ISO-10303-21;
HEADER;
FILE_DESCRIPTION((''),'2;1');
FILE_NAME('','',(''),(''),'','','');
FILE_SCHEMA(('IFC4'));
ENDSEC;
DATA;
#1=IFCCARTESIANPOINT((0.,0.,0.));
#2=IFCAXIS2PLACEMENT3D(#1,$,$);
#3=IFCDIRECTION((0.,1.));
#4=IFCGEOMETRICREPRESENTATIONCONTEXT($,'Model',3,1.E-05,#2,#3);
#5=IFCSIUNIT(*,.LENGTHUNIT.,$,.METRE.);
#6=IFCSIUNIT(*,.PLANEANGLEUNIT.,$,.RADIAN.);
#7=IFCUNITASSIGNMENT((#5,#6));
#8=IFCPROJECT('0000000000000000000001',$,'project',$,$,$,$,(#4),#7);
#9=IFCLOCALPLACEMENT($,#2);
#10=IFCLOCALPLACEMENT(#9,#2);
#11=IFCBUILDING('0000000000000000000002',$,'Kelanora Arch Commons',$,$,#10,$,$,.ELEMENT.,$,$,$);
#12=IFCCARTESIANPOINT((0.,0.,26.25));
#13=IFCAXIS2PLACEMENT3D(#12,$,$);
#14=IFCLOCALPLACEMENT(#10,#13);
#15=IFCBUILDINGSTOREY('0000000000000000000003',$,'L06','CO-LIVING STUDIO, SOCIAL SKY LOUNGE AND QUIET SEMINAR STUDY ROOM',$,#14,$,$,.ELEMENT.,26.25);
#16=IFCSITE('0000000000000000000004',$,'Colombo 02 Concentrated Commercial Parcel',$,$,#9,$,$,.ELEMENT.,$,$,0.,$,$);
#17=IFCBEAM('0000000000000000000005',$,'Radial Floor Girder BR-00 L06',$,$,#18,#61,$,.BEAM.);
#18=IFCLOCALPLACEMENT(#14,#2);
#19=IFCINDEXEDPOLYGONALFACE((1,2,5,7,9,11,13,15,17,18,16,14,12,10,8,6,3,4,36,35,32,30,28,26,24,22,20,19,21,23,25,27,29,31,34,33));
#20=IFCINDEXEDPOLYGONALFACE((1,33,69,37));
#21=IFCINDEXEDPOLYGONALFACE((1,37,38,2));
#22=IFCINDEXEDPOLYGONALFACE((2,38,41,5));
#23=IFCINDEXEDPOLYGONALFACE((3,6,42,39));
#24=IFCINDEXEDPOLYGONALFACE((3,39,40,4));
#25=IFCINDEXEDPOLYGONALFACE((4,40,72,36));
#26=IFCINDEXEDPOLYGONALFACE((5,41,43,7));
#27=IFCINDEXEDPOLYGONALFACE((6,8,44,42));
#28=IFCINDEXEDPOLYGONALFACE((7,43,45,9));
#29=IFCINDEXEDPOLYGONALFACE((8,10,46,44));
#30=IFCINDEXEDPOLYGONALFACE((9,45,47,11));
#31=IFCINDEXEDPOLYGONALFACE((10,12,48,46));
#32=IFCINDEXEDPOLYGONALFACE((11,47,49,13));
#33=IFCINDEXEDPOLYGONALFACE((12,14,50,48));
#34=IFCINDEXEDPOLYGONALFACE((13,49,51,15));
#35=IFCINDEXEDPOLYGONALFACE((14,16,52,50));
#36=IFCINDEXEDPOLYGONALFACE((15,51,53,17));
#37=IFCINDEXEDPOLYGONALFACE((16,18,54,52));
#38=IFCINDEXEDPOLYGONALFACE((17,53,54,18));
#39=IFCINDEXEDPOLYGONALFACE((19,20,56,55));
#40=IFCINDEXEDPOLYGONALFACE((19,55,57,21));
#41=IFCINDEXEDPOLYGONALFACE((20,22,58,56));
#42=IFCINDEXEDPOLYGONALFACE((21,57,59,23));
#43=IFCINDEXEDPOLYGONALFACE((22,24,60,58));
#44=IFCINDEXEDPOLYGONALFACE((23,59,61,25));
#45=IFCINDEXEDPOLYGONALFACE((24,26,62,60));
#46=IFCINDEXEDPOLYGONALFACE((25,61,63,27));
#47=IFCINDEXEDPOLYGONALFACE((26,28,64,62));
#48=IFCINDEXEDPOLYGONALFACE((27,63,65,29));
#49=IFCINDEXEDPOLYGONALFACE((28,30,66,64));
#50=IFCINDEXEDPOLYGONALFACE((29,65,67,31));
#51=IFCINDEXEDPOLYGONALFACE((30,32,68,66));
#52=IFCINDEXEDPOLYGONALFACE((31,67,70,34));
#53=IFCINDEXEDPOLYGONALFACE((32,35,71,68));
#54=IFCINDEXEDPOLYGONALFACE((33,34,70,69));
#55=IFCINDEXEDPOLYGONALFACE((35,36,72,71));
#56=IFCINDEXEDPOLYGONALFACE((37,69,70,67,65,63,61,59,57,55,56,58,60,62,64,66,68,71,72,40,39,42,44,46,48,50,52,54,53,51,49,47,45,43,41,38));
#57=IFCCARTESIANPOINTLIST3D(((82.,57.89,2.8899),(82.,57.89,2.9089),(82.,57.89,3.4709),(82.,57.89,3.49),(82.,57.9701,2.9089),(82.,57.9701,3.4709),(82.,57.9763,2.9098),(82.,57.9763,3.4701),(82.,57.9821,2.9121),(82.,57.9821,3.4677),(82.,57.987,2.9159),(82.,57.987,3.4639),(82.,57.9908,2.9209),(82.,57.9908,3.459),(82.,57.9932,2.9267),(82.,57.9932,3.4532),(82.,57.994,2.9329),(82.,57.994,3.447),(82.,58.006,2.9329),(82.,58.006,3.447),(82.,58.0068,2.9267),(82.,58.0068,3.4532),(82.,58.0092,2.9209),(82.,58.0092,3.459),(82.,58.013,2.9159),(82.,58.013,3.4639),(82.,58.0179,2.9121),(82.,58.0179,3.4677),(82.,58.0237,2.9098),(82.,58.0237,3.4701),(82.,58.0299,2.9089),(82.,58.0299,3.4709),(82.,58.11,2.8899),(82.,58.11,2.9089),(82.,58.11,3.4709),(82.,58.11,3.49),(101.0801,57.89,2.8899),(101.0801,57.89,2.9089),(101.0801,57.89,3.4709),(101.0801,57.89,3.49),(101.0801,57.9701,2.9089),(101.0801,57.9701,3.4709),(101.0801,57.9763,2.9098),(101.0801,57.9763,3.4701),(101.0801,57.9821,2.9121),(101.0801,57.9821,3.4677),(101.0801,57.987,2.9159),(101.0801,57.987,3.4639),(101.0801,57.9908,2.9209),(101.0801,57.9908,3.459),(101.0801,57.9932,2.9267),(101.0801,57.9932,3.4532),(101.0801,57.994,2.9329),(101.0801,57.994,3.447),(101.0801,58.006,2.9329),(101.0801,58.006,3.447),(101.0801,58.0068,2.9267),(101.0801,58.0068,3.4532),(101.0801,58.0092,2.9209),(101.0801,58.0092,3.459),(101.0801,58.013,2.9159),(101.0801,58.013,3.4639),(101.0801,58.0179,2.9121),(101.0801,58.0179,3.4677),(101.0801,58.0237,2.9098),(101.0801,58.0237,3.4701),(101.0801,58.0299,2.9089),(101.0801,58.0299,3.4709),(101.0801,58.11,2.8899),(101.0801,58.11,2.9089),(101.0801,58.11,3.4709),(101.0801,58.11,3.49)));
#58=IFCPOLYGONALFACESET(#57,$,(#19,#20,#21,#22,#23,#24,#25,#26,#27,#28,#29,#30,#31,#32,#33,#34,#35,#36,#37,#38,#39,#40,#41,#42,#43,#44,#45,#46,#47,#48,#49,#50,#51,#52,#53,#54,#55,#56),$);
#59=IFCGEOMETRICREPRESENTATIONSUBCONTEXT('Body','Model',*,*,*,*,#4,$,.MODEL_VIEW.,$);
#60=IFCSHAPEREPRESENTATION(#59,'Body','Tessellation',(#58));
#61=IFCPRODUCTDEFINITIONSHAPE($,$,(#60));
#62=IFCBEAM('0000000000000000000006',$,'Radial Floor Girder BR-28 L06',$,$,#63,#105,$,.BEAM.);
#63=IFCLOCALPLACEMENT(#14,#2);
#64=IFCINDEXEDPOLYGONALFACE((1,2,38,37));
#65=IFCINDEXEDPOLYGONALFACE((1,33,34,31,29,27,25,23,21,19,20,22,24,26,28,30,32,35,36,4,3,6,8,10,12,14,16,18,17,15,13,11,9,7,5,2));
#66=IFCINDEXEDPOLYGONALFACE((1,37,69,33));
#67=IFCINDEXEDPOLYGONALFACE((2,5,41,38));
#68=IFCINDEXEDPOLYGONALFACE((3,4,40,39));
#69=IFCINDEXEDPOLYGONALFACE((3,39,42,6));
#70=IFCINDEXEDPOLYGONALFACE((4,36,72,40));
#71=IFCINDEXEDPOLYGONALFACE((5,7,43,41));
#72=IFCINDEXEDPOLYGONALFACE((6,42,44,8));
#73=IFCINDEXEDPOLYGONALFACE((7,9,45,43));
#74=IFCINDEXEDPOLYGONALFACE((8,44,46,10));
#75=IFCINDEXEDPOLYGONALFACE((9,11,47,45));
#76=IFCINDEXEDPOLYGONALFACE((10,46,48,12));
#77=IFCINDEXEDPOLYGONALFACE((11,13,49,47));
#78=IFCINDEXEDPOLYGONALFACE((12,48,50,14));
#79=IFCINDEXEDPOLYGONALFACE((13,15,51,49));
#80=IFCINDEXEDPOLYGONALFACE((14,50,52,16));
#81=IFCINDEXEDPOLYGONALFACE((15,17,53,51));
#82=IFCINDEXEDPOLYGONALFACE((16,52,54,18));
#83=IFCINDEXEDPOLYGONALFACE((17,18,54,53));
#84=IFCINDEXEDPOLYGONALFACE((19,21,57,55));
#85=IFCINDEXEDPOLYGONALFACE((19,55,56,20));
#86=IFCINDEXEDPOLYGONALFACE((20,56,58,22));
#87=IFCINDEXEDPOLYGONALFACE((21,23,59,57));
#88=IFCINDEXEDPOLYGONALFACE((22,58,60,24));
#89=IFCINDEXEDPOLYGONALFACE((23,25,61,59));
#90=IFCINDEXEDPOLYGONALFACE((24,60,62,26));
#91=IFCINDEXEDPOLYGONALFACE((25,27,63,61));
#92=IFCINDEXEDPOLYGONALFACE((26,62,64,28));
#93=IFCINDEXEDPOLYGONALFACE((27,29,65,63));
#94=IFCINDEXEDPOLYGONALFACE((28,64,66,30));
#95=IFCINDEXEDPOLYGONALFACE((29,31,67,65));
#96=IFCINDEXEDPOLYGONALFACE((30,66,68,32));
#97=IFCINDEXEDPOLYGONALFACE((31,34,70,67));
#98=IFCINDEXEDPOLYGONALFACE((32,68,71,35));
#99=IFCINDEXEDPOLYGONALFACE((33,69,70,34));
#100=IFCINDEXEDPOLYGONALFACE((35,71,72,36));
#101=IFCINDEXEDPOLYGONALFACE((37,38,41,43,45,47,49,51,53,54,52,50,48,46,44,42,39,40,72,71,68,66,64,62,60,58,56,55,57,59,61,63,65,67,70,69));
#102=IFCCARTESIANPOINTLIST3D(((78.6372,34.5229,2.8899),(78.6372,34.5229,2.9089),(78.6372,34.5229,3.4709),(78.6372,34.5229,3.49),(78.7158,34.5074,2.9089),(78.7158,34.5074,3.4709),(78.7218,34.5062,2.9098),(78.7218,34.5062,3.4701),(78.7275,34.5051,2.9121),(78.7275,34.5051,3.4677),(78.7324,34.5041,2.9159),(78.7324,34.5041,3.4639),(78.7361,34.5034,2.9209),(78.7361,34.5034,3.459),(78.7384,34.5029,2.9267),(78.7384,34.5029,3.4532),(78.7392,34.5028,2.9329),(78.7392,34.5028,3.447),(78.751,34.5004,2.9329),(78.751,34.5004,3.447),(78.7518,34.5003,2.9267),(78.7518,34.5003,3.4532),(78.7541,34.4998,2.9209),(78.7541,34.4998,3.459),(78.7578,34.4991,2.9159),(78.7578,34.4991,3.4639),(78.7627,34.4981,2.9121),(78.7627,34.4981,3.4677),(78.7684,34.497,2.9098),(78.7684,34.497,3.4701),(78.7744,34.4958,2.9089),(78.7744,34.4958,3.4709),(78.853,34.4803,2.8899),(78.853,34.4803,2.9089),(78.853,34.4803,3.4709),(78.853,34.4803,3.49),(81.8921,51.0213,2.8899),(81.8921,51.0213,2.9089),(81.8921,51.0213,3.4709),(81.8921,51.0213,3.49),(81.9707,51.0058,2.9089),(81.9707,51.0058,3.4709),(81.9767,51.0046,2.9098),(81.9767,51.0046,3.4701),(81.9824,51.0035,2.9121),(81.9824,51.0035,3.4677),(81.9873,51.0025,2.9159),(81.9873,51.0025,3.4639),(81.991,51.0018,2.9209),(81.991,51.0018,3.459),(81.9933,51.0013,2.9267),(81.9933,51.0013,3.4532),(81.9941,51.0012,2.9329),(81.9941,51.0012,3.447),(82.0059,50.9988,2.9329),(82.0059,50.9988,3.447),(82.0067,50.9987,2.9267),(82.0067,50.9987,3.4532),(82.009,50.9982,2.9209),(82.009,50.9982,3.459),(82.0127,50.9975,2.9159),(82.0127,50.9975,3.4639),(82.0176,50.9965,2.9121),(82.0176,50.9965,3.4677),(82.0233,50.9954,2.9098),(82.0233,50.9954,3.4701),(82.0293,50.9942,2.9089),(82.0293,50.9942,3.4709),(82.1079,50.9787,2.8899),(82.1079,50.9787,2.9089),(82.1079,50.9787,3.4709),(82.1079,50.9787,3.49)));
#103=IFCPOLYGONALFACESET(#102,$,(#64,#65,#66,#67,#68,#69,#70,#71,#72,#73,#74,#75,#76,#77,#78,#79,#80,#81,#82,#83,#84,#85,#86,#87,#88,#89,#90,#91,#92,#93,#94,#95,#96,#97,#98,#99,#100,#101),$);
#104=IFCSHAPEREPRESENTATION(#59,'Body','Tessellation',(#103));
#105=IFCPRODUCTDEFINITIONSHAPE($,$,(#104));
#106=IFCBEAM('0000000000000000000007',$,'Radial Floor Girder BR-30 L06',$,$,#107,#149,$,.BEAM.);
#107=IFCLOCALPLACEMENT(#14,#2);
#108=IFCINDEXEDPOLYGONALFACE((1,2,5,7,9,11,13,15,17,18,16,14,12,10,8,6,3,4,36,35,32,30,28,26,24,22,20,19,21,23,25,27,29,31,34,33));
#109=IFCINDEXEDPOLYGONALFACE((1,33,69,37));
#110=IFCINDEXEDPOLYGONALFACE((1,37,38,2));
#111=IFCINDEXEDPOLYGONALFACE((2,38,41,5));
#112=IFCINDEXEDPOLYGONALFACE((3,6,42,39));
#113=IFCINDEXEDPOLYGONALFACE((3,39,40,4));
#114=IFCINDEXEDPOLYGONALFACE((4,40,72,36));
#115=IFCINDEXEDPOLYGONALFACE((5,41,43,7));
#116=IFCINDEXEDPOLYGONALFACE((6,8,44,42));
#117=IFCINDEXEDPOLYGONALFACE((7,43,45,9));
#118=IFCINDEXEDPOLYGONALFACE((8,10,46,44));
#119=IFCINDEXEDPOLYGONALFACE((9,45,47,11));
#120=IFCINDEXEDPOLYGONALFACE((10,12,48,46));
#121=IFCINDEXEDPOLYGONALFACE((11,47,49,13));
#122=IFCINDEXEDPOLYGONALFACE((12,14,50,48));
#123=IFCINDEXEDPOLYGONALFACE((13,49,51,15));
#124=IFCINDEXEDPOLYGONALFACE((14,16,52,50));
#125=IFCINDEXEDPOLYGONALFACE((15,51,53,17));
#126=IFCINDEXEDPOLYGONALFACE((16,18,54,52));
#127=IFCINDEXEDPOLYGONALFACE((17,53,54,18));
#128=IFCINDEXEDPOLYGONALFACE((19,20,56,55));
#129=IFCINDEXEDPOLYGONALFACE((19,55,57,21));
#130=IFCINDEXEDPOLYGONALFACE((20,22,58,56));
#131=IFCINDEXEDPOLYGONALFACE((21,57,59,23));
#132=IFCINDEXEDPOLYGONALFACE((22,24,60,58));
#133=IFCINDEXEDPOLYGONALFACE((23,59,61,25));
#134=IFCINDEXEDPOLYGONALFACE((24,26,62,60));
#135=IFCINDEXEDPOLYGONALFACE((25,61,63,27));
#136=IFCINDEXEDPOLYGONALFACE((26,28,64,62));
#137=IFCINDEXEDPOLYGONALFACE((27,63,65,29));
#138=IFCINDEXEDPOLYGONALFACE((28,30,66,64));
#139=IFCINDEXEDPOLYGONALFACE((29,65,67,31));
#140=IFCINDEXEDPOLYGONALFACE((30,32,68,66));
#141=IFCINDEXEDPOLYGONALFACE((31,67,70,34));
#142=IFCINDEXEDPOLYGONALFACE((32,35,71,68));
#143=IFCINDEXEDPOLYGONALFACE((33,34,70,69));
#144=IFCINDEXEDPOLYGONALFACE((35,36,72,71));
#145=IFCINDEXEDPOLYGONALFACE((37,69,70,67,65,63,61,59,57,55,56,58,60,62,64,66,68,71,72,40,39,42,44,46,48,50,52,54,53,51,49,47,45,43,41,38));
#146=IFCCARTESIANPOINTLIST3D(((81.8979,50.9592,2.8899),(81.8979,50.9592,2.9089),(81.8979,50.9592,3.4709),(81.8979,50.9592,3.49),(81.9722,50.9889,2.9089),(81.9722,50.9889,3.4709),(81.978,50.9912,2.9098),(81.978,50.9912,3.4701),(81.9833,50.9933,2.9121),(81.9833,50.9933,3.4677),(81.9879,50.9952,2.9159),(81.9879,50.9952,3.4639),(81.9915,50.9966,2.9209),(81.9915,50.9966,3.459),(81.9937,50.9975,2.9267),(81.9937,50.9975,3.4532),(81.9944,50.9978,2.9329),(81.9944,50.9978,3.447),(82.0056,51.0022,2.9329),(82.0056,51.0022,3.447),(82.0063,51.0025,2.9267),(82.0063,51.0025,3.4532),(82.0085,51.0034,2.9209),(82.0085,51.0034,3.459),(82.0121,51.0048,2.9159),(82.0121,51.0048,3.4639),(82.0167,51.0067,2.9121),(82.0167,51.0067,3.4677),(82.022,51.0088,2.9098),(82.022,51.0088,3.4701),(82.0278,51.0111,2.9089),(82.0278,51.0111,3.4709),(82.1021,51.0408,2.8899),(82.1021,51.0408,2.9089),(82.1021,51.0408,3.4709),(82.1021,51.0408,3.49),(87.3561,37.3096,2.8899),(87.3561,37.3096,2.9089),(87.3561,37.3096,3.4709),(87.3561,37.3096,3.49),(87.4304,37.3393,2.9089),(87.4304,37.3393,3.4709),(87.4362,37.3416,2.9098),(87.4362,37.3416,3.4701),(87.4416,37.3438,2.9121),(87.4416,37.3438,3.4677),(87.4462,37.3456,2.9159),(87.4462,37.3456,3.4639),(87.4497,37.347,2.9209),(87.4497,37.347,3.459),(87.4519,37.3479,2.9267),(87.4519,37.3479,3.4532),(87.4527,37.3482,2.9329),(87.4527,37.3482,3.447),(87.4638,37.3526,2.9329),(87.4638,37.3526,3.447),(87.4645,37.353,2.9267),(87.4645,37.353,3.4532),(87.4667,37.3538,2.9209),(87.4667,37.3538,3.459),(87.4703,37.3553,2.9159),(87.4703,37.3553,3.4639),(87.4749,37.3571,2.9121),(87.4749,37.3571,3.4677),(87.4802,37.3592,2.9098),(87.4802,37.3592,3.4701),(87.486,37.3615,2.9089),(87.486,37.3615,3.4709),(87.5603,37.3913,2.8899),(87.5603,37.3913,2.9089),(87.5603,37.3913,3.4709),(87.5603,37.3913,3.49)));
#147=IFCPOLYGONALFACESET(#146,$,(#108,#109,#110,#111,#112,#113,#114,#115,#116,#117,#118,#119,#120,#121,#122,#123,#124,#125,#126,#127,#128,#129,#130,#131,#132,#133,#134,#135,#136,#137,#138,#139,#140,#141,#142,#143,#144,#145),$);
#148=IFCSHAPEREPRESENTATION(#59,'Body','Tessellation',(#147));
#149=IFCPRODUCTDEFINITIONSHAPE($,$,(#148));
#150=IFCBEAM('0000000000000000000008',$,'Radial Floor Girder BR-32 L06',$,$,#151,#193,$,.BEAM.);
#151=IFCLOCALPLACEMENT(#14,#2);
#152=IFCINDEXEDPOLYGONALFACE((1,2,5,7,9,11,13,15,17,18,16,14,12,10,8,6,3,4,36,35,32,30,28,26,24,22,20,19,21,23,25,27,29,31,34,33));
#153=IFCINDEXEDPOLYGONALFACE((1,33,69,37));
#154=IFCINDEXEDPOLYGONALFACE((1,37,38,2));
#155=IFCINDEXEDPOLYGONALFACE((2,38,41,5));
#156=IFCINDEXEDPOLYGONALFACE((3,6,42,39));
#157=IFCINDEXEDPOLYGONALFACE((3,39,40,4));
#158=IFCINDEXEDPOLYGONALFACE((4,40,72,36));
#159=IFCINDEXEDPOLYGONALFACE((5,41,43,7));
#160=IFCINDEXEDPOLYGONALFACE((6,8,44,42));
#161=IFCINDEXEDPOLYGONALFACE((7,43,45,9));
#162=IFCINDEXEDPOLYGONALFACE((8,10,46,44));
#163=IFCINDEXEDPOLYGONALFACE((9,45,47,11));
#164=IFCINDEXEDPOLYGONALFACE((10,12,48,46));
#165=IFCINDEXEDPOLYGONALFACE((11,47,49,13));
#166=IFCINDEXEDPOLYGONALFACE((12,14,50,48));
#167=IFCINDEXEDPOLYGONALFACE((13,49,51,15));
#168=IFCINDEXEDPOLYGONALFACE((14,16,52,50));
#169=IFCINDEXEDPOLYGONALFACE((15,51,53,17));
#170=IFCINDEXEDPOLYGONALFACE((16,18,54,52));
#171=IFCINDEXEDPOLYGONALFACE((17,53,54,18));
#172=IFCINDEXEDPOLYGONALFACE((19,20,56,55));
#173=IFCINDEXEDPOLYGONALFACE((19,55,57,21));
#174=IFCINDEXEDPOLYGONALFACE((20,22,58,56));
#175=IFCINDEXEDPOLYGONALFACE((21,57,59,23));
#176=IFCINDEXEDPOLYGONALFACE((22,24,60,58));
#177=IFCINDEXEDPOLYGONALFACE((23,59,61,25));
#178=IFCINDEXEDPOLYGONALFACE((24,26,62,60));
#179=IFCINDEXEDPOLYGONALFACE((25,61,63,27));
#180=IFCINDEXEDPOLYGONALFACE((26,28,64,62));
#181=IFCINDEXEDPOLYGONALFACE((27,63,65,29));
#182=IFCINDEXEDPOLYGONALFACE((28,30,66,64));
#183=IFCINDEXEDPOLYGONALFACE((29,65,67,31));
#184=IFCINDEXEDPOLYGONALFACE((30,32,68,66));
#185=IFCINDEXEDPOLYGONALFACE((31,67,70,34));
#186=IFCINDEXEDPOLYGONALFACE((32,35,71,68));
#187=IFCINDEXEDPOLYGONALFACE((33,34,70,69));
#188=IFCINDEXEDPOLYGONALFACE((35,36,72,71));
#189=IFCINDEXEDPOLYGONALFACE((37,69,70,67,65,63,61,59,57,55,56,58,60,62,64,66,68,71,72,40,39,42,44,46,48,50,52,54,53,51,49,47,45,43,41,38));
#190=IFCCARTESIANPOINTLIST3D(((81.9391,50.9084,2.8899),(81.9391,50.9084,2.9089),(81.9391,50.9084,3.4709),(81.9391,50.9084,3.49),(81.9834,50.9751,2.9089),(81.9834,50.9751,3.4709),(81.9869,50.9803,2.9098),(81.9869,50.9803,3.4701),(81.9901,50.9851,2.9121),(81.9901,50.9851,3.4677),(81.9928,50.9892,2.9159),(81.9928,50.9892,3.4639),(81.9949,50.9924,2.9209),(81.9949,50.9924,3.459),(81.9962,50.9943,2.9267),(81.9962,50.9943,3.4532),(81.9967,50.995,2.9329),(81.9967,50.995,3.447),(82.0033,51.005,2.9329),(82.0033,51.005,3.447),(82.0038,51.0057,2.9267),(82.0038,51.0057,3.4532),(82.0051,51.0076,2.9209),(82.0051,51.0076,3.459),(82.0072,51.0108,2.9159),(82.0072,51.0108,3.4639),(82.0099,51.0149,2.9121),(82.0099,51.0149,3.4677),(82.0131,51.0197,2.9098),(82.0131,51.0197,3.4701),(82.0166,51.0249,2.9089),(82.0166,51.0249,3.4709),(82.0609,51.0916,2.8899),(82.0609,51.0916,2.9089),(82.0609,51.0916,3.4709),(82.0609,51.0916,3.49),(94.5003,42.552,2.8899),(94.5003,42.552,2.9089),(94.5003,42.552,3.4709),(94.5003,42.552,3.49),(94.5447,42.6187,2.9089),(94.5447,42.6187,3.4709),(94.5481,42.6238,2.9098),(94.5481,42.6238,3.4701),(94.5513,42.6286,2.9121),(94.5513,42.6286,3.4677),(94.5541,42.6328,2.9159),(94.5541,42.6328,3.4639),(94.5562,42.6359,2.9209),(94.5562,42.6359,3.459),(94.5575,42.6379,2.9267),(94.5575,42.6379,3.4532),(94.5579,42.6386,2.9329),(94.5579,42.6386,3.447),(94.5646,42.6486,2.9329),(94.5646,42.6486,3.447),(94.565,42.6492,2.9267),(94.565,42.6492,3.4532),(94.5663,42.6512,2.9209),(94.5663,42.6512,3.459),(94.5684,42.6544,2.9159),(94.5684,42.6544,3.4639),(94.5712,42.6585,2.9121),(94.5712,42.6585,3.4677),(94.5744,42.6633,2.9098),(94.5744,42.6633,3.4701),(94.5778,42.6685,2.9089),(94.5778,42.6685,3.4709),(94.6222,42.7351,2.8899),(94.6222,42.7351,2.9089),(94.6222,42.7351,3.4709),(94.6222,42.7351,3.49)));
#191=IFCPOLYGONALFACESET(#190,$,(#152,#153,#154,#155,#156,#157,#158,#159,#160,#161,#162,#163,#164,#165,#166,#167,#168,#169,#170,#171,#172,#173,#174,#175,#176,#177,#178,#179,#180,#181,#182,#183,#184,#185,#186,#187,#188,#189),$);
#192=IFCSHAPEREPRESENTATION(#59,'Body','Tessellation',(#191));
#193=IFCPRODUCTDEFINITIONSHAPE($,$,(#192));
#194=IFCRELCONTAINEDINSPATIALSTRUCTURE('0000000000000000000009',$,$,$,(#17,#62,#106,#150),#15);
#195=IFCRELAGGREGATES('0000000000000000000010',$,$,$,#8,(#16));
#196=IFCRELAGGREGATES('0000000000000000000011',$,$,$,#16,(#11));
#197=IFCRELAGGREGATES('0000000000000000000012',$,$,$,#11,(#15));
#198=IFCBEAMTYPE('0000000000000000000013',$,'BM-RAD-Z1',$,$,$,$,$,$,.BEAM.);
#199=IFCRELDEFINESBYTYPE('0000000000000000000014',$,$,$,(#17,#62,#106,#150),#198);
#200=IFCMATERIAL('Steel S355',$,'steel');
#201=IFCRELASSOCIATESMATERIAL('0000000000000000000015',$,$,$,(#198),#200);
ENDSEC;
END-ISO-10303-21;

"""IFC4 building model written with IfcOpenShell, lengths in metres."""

from ifc_helpers import new_model, si_unit, direction, frame, origin, origin_2d, place, context, subcontext, project, spatial, i_section, extrude, material, material_profile, profile_set, type_object, element, save


model = new_model("IFC4")

# Units and contexts
model_context = context("Model", 3, precision=1e-05, world=origin(), true_north=direction((0.0, 1.0)))
body_context = subcontext(model_context, "Body", "Model", "MODEL_VIEW")
ifc_project = project(units=[si_unit("LENGTHUNIT", "METRE"), si_unit("PLANEANGLEUNIT", "RADIAN")], contexts=[model_context])

# Site, building, storey
site_placement = place(None, origin())
site = spatial("IfcSite", under=ifc_project, at=site_placement, Name="Colombo 02 Concentrated Commercial Parcel", CompositionType="ELEMENT", RefElevation=0.0)
building_placement = place(site_placement, origin())
building = spatial("IfcBuilding", under=site, at=building_placement, Name="Kelanora Arch Commons", CompositionType="ELEMENT")
storey_placement = place(building_placement, frame((0.0, 0.0, 26.25)))
storey = spatial("IfcBuildingStorey", under=building, at=storey_placement, Name="L06", Description="CO-LIVING STUDIO, SOCIAL SKY LOUNGE AND QUIET SEMINAR STUDY ROOM", CompositionType="ELEMENT", Elevation=26.25)

# Beams
ifc_material_1 = material(Name="Steel S355", Category="steel")
ifc_material_profile_1 = material_profile(ifc_material_1, i_section(OverallWidth=0.22, OverallDepth=0.6001, WebThickness=0.012, FlangeThickness=0.019, FilletRadius=0.0239, at=origin_2d()), Name="IPE600")
ifc_profile_set_1 = profile_set([ifc_material_profile_1], Name="Steel S355")
beam_type_1 = type_object("IfcBeamType", Name="BM-RAD-Z1", PredefinedType="BEAM", material=ifc_profile_set_1)
beam_1_placement = place(storey_placement, frame((82.0, 58.0, 3.1899), z_axis=(1.0, 0.0, 0.0), x_axis=(0.0, 1.0, 0.0)))
element("IfcBeam", 1, at=beam_1_placement, inside=storey, type_object=beam_type_1, Name="Radial Floor Girder BR-00 L06", PredefinedType="BEAM", context=body_context, shape_type="SweptSolid", body=[
    extrude(i_section(OverallWidth=0.22, OverallDepth=0.6001, WebThickness=0.012, FlangeThickness=0.019, FilletRadius=0.0239, at=origin_2d()), origin(), (0.0, 0.0, 1.0), 19.0801),
])
beam_2_placement = place(storey_placement, frame((82.0, 51.0, 3.1899), z_axis=(-0.193555, -0.981089, 0.0), x_axis=(0.981089, -0.193555, 0.0)))
element("IfcBeam", 2, at=beam_2_placement, inside=storey, type_object=beam_type_1, Name="Radial Floor Girder BR-28 L06", PredefinedType="BEAM", context=body_context, shape_type="SweptSolid", body=[
    extrude(i_section(OverallWidth=0.22, OverallDepth=0.6001, WebThickness=0.012, FlangeThickness=0.019, FilletRadius=0.0239, at=origin_2d()), origin(), (0.0, 0.0, 1.0), 16.8164),
])
beam_3_placement = place(storey_placement, frame((82.0, 51.0, 3.1899), z_axis=(0.371296, -0.928514, 0.0), x_axis=(0.928514, 0.371296, 0.0)))
element("IfcBeam", 3, at=beam_3_placement, inside=storey, type_object=beam_type_1, Name="Radial Floor Girder BR-30 L06", PredefinedType="BEAM", context=body_context, shape_type="SweptSolid", body=[
    extrude(i_section(OverallWidth=0.22, OverallDepth=0.6001, WebThickness=0.012, FlangeThickness=0.019, FilletRadius=0.0239, at=origin_2d()), origin(), (0.0, 0.0, 1.0), 14.7004),
])
beam_4_placement = place(storey_placement, frame((82.0, 51.0, 3.1899), z_axis=(0.832593, -0.553886, 0.0), x_axis=(0.553886, 0.832593, 0.0)))
element("IfcBeam", 4, at=beam_4_placement, inside=storey, type_object=beam_type_1, Name="Radial Floor Girder BR-32 L06", PredefinedType="BEAM", context=body_context, shape_type="SweptSolid", body=[
    extrude(i_section(OverallWidth=0.22, OverallDepth=0.6001, WebThickness=0.012, FlangeThickness=0.019, FilletRadius=0.0239, at=origin_2d()), origin(), (0.0, 0.0, 1.0), 15.0869),
])

save(model, "model.ifc")
